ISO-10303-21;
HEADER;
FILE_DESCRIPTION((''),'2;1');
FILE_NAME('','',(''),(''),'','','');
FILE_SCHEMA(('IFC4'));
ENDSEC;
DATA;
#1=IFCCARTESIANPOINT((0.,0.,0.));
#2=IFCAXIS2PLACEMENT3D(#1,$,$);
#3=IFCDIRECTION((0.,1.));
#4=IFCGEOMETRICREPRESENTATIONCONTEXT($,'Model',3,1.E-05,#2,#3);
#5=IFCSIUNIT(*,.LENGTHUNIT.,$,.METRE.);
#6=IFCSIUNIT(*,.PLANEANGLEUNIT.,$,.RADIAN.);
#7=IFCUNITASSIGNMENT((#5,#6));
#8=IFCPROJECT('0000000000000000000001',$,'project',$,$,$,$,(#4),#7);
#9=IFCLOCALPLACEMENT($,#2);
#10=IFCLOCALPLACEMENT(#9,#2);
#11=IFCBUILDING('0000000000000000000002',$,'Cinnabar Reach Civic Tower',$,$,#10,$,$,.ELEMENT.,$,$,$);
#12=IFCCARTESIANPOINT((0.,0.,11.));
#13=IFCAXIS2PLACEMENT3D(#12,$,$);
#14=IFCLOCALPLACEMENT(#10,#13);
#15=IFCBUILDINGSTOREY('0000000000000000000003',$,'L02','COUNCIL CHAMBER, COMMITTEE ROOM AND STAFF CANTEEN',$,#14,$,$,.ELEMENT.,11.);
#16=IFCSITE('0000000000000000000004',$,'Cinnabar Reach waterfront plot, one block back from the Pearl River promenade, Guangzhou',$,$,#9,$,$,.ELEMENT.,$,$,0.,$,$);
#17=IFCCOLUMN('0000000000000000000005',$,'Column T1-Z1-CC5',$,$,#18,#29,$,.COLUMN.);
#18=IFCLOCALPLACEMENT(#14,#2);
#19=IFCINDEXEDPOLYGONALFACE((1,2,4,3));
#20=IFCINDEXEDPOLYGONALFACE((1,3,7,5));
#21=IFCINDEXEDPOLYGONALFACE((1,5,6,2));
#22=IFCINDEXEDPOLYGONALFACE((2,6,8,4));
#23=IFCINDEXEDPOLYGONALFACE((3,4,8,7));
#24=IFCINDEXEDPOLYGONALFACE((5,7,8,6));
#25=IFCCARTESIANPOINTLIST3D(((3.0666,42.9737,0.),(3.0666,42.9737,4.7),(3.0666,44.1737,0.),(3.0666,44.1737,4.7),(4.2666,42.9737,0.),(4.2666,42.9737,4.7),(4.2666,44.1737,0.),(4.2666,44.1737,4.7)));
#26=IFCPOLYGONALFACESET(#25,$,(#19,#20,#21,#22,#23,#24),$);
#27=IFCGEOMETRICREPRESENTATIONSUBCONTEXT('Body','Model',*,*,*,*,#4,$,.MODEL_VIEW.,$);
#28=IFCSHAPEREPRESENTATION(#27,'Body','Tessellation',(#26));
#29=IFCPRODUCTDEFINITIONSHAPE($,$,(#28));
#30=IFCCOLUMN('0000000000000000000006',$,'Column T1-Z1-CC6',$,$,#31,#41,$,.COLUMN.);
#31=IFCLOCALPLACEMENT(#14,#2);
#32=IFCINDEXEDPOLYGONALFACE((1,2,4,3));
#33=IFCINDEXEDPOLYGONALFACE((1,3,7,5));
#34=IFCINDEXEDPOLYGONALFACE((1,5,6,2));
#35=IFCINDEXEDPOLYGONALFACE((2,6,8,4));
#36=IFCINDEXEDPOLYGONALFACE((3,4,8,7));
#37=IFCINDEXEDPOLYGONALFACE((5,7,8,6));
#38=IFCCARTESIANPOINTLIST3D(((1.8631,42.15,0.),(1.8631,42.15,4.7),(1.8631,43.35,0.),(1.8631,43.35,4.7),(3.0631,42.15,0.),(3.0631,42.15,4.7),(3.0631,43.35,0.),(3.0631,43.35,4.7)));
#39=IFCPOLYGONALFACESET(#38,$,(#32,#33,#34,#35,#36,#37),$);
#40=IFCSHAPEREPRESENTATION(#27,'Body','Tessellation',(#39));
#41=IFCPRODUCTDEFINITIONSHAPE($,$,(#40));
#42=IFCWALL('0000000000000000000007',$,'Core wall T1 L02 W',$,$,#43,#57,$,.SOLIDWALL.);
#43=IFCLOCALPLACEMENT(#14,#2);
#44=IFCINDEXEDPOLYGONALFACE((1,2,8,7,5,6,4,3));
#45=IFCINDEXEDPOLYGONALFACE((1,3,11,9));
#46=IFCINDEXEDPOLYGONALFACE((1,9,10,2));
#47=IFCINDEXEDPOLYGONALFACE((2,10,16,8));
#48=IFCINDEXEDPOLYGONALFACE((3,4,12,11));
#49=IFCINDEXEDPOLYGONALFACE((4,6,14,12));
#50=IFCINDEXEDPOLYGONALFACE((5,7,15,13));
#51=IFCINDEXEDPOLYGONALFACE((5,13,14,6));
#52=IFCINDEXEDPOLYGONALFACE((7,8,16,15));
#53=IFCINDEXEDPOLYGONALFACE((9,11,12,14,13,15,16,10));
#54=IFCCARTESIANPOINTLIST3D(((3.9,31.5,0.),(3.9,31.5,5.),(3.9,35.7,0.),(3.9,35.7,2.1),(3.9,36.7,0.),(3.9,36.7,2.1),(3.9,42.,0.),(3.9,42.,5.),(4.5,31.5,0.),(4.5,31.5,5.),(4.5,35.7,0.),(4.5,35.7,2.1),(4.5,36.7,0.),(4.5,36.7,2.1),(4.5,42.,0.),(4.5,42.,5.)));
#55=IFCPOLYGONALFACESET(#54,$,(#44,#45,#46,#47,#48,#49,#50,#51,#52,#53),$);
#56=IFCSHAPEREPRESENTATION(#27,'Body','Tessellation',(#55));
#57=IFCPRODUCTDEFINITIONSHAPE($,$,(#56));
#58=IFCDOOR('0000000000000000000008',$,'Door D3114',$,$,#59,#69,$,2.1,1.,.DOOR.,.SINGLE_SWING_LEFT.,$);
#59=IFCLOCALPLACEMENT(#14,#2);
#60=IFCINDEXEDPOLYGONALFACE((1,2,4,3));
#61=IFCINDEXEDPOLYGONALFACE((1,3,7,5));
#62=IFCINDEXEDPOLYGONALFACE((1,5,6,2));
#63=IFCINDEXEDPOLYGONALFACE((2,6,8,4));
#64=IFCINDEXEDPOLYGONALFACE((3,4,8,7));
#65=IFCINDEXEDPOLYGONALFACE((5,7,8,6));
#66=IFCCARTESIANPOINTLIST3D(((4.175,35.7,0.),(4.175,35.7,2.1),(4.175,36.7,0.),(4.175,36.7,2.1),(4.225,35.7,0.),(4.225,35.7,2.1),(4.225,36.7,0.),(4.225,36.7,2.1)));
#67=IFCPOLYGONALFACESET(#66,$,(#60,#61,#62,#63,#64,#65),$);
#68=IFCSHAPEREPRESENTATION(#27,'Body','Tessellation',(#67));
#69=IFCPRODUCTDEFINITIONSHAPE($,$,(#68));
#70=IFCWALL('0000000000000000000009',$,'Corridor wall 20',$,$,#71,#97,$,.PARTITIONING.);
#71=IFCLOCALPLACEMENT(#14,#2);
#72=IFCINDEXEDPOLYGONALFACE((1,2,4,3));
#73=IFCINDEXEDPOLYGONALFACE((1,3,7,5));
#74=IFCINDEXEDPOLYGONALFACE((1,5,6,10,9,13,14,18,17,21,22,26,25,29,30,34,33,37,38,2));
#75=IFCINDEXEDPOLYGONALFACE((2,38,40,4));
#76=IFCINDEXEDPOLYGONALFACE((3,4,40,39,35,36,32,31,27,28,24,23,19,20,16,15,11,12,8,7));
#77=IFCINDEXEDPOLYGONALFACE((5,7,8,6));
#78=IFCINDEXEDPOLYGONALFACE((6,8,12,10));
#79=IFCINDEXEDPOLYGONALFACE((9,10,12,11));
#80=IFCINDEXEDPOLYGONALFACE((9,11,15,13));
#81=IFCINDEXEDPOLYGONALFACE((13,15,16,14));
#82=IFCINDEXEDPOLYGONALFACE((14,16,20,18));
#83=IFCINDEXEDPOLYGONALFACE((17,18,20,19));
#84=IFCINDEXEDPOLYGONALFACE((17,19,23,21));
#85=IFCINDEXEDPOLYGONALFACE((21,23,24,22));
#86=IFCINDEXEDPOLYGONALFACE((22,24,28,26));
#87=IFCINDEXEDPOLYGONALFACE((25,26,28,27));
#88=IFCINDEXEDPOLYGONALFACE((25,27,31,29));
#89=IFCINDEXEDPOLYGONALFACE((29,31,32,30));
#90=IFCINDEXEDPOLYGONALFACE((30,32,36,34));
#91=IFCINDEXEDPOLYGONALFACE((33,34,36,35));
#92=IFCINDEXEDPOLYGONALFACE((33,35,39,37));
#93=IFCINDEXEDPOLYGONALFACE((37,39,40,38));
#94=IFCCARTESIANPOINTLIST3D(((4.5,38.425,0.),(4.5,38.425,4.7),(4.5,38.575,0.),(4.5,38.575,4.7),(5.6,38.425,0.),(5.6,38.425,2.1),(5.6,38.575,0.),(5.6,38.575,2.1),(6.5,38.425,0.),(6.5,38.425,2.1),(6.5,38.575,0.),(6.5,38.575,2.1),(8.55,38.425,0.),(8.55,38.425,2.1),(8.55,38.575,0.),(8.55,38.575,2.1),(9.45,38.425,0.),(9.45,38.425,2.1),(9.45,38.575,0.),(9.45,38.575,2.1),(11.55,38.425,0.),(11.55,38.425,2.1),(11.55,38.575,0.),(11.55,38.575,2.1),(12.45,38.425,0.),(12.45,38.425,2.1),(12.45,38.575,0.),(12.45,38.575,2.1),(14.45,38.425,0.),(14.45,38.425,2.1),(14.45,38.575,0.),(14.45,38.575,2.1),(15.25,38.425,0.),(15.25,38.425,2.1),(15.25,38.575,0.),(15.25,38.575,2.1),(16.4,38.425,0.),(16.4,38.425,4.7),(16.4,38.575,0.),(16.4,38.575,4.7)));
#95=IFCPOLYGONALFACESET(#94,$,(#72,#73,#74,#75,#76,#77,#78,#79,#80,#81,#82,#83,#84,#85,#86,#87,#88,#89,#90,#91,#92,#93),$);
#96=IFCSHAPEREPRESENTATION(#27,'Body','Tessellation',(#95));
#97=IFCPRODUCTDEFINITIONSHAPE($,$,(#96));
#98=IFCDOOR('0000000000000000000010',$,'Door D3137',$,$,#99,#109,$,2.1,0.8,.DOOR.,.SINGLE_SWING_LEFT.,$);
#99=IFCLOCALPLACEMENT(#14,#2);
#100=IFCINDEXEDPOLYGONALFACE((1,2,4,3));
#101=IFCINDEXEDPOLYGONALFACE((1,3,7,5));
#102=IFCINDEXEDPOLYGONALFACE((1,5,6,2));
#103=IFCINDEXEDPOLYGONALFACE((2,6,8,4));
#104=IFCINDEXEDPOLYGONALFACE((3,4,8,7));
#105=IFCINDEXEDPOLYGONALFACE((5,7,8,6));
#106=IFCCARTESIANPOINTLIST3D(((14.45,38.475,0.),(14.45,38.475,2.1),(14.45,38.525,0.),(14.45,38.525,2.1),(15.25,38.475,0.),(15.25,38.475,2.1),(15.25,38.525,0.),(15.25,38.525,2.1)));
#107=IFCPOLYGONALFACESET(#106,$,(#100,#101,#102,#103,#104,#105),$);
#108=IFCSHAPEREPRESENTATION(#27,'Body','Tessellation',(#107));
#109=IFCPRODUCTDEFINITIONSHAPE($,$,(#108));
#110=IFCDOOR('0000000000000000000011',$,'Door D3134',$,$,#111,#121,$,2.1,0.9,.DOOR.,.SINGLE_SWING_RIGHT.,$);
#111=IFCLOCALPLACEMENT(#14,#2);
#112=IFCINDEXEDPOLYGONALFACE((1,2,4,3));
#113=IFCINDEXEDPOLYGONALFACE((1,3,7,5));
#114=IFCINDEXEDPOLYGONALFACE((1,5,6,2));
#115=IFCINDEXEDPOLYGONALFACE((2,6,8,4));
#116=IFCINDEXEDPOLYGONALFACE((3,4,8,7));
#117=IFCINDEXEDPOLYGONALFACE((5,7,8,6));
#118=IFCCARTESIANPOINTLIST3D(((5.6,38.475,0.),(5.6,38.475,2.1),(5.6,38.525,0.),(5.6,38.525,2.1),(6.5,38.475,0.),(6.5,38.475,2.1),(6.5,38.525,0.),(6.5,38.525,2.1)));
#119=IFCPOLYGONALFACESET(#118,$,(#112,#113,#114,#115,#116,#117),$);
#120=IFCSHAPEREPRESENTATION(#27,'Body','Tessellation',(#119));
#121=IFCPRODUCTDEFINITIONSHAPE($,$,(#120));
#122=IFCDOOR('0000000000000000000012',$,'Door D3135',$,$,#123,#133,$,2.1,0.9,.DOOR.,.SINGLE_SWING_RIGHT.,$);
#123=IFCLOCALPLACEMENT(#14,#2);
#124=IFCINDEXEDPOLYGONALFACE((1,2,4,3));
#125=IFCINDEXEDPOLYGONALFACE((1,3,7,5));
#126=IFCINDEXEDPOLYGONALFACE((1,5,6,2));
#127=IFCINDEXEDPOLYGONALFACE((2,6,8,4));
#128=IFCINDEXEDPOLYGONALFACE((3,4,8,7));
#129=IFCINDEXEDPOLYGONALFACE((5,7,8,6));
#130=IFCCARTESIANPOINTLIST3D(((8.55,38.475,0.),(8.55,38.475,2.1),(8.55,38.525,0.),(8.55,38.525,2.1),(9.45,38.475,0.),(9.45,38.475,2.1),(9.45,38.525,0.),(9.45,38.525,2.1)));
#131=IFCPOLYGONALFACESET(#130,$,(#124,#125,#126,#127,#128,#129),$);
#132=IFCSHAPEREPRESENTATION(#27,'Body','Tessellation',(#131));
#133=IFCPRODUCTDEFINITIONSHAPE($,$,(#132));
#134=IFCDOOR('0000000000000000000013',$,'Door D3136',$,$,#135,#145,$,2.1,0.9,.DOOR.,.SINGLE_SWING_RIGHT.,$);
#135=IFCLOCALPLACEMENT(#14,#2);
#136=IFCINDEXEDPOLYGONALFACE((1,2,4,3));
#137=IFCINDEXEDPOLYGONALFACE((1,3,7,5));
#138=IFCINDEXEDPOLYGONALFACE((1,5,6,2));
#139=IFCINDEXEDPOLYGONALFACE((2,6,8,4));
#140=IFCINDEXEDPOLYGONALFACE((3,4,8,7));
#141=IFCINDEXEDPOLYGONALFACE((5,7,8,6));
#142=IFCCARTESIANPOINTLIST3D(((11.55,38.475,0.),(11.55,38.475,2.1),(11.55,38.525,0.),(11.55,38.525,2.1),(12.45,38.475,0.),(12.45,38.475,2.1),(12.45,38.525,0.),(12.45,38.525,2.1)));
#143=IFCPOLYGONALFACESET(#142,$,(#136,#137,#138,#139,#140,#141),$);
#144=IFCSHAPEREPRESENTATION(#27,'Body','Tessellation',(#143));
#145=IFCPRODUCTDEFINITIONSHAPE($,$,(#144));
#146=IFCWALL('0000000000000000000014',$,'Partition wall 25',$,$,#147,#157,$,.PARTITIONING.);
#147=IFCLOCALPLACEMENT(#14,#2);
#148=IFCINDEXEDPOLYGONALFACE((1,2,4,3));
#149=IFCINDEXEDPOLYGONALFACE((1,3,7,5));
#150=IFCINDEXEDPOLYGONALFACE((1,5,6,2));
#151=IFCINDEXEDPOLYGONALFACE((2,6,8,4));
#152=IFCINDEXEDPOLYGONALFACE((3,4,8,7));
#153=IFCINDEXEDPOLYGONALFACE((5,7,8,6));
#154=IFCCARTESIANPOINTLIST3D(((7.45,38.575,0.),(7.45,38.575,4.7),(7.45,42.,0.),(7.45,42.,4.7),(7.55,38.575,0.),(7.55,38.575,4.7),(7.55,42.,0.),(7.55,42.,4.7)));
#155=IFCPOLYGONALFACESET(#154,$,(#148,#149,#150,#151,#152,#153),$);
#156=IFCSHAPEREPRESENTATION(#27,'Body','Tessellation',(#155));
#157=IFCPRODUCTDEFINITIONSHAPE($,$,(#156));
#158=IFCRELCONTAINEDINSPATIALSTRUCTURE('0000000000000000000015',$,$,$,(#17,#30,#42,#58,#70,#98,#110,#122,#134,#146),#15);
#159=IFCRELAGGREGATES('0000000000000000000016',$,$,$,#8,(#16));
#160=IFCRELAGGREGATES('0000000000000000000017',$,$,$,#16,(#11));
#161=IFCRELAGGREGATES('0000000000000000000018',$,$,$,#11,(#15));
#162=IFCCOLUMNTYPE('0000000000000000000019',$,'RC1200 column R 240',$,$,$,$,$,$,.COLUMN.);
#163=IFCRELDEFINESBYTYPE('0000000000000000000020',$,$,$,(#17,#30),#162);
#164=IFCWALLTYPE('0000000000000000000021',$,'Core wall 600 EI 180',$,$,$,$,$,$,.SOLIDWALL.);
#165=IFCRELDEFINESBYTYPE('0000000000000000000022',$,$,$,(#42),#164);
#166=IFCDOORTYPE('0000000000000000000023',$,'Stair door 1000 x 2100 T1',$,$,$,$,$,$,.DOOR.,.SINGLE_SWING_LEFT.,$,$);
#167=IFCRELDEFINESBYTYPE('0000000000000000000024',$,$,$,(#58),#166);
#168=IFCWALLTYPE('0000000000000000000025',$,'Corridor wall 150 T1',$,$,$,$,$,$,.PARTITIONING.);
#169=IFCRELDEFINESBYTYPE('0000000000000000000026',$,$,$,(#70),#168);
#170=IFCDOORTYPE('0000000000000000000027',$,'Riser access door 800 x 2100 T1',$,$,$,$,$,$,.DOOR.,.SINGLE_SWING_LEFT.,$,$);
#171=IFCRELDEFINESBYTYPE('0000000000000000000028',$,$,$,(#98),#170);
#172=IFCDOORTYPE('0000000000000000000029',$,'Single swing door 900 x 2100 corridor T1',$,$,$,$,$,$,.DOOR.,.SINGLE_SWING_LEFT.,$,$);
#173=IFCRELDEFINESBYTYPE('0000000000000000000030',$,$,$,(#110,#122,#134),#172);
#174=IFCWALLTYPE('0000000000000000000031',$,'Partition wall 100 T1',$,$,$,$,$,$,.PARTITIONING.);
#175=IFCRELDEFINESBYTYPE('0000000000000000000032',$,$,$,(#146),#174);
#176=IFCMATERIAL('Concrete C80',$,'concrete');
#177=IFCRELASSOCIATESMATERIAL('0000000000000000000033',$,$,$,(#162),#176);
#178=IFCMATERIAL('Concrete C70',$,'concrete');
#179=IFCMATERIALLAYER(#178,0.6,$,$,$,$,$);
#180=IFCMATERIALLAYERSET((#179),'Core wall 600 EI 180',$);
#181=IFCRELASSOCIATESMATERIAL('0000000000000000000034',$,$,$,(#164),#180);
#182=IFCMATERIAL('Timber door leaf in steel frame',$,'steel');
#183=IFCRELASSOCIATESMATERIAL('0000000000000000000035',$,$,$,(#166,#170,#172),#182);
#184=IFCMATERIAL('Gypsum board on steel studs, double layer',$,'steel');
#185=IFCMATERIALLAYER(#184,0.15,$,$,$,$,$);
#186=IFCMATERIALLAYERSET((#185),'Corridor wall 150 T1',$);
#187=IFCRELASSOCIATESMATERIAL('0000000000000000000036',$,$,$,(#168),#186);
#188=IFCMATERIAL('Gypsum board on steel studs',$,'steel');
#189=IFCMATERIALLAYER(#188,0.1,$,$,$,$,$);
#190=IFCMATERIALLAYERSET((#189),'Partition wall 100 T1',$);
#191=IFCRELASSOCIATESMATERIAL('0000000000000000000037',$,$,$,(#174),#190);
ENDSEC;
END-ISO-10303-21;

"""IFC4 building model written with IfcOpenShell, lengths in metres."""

from ifc_helpers import new_model, si_unit, direction, frame, frame_2d, origin, origin_2d, place, context, subcontext, project, spatial, rectangle, extrude, material, layer, layer_set, material_profile, profile_set, type_object, element, fill, save


model = new_model("IFC4")

# Units and contexts
model_context = context("Model", 3, precision=1e-05, world=origin(), true_north=direction((0.0, 1.0)))
body_context = subcontext(model_context, "Body", "Model", "MODEL_VIEW")
ifc_project = project(units=[si_unit("LENGTHUNIT", "METRE"), si_unit("PLANEANGLEUNIT", "RADIAN")], contexts=[model_context])

# Site, building, storey
site_placement = place(None, origin())
site = spatial("IfcSite", under=ifc_project, at=site_placement, Name="Cinnabar Reach waterfront plot, one block back from the Pearl River promenade, Guangzhou", CompositionType="ELEMENT", RefElevation=0.0)
building_placement = place(site_placement, origin())
building = spatial("IfcBuilding", under=site, at=building_placement, Name="Cinnabar Reach Civic Tower", CompositionType="ELEMENT")
storey_placement = place(building_placement, frame((0.0, 0.0, 11.0)))
storey = spatial("IfcBuildingStorey", under=building, at=storey_placement, Name="L02", Description="COUNCIL CHAMBER, COMMITTEE ROOM AND STAFF CANTEEN", CompositionType="ELEMENT", Elevation=11.0)

# Columns
ifc_material_1 = material(Name="Concrete C80", Category="concrete")
ifc_material_profile = material_profile(ifc_material_1, rectangle(XDim=1.2, YDim=1.2, at=origin_2d()), Name="RC1200")
ifc_profile_set = profile_set([ifc_material_profile], Name="Concrete C80")
column_type = type_object("IfcColumnType", Name="RC1200 column R 240", PredefinedType="COLUMN", material=ifc_profile_set)
for number, where, z_axis, x_axis, name in (
    (1, (3.6666, 43.5737, 0.0), (0.0, 0.0, 1.0), (1.0, 0.0, 0.0), "Column T1-Z1-CC5"),
    (2, (2.4631, 42.75, 0.0), (0.0, 0.0, 1.0), (1.0, 0.0, 0.0), "Column T1-Z1-CC6"),
):
    element("IfcColumn", number, at=place(storey_placement, frame(where, z_axis=z_axis, x_axis=x_axis)), inside=storey, type_object=column_type, Name=name, PredefinedType="COLUMN", context=body_context, shape_type="SweptSolid", body=[
        extrude(rectangle(XDim=1.2, YDim=1.2, at=origin_2d()), origin(), (0.0, 0.0, 1.0), 4.7),
    ])

# Wall, opening, door
ifc_material_2 = material(Name="Concrete C70", Category="concrete")
ifc_layer_1 = layer(ifc_material_2, 0.6)
ifc_layer_set_1 = layer_set([ifc_layer_1], Name="Core wall 600 EI 180")
wall_type_1 = type_object("IfcWallType", Name="Core wall 600 EI 180", PredefinedType="SOLIDWALL", material=ifc_layer_set_1)
wall_1_placement = place(storey_placement, frame((4.2, 42.0, 0.0), z_axis=(0.0, 0.0, 1.0), x_axis=(0.0, -1.0, 0.0)))
wall_1 = element("IfcWall", 3, at=wall_1_placement, inside=storey, type_object=wall_type_1, Name="Core wall T1 L02 W", PredefinedType="SOLIDWALL", context=body_context, shape_type="SweptSolid", body=[
    extrude(rectangle(XDim=10.5, YDim=0.6, at=frame_2d((5.25, 0.0))), origin(), (0.0, 0.0, 1.0), 5.0),
])
opening_1_placement = place(wall_1_placement, frame((5.3, 0.0, 0.0)))
opening_1 = element("IfcOpeningElement", 4, at=opening_1_placement, cuts=wall_1, PredefinedType="OPENING", context=body_context, shape_type="SweptSolid", body=[
    extrude(rectangle(XDim=1.0, YDim=2.1, at=frame_2d((0.5, 1.05))), frame((0.0, 0.31, 0.0), z_axis=(0.0, -1.0, 0.0), x_axis=(1.0, 0.0, 0.0)), (0.0, 0.0, 1.0), 0.62),
])
ifc_material_3 = material(Name="Timber door leaf in steel frame", Category="steel")
door_type_1 = type_object("IfcDoorType", Name="Stair door 1000 x 2100 T1", OperationType="SINGLE_SWING_LEFT", PredefinedType="DOOR", material=ifc_material_3)
door_1_placement = place(opening_1_placement, frame((1.0, 0.0, 0.0), z_axis=(0.0, 0.0, 1.0), x_axis=(-1.0, 0.0, 0.0)))
door_1 = element("IfcDoor", 5, at=door_1_placement, inside=storey, type_object=door_type_1, Name="Door D3114", OperationType="SINGLE_SWING_LEFT", OverallHeight=2.1, OverallWidth=1.0, PredefinedType="DOOR", context=body_context, shape_type="SweptSolid", body=[
    extrude(rectangle(XDim=1.0, YDim=2.1, at=frame_2d((0.5, 1.05))), frame((0.0, 0.025, 0.0), z_axis=(0.0, -1.0, 0.0), x_axis=(1.0, 0.0, 0.0)), (0.0, 0.0, 1.0), 0.05),
])
fill(opening_1, door_1)

# Wall, openings, doors
ifc_material_4 = material(Name="Gypsum board on steel studs, double layer", Category="steel")
ifc_layer_2 = layer(ifc_material_4, 0.15)
ifc_layer_set_2 = layer_set([ifc_layer_2], Name="Corridor wall 150 T1")
wall_type_2 = type_object("IfcWallType", Name="Corridor wall 150 T1", PredefinedType="PARTITIONING", material=ifc_layer_set_2)
wall_2_placement = place(storey_placement, frame((4.5, 38.5, 0.0), z_axis=(0.0, 0.0, 1.0), x_axis=(1.0, 0.0, 0.0)))
wall_2 = element("IfcWall", 6, at=wall_2_placement, inside=storey, type_object=wall_type_2, Name="Corridor wall 20", PredefinedType="PARTITIONING", context=body_context, shape_type="SweptSolid", body=[
    extrude(rectangle(XDim=11.9, YDim=0.15, at=frame_2d((5.95, 0.0))), origin(), (0.0, 0.0, 1.0), 4.7),
])
opening_2_placement = place(wall_2_placement, frame((1.1, 0.0, 0.0)))
opening_2 = element("IfcOpeningElement", 7, at=opening_2_placement, cuts=wall_2, PredefinedType="OPENING", context=body_context, shape_type="SweptSolid", body=[
    extrude(rectangle(XDim=0.9, YDim=2.1, at=frame_2d((0.45, 1.05))), frame((0.0, 0.085, 0.0), z_axis=(0.0, -1.0, 0.0), x_axis=(1.0, 0.0, 0.0)), (0.0, 0.0, 1.0), 0.17),
])
opening_3_placement = place(wall_2_placement, frame((4.05, 0.0, 0.0)))
opening_3 = element("IfcOpeningElement", 8, at=opening_3_placement, cuts=wall_2, PredefinedType="OPENING", context=body_context, shape_type="SweptSolid", body=[
    extrude(rectangle(XDim=0.9, YDim=2.1, at=frame_2d((0.45, 1.05))), frame((0.0, 0.085, 0.0), z_axis=(0.0, -1.0, 0.0), x_axis=(1.0, 0.0, 0.0)), (0.0, 0.0, 1.0), 0.17),
])
opening_4_placement = place(wall_2_placement, frame((7.05, 0.0, 0.0)))
opening_4 = element("IfcOpeningElement", 9, at=opening_4_placement, cuts=wall_2, PredefinedType="OPENING", context=body_context, shape_type="SweptSolid", body=[
    extrude(rectangle(XDim=0.9, YDim=2.1, at=frame_2d((0.45, 1.05))), frame((0.0, 0.085, 0.0), z_axis=(0.0, -1.0, 0.0), x_axis=(1.0, 0.0, 0.0)), (0.0, 0.0, 1.0), 0.17),
])
opening_5_placement = place(wall_2_placement, frame((9.95, 0.0, 0.0)))
opening_5 = element("IfcOpeningElement", 10, at=opening_5_placement, cuts=wall_2, PredefinedType="OPENING", context=body_context, shape_type="SweptSolid", body=[
    extrude(rectangle(XDim=0.8, YDim=2.1, at=frame_2d((0.4, 1.05))), frame((0.0, 0.085, 0.0), z_axis=(0.0, -1.0, 0.0), x_axis=(1.0, 0.0, 0.0)), (0.0, 0.0, 1.0), 0.17),
])
door_type_2 = type_object("IfcDoorType", Name="Riser access door 800 x 2100 T1", OperationType="SINGLE_SWING_LEFT", PredefinedType="DOOR", material=ifc_material_3)
door_2_placement = place(opening_5_placement, origin())
door_2 = element("IfcDoor", 11, at=door_2_placement, inside=storey, type_object=door_type_2, Name="Door D3137", OperationType="SINGLE_SWING_LEFT", OverallHeight=2.1, OverallWidth=0.8, PredefinedType="DOOR", context=body_context, shape_type="SweptSolid", body=[
    extrude(rectangle(XDim=0.8, YDim=2.1, at=frame_2d((0.4, 1.05))), frame((0.0, 0.025, 0.0), z_axis=(0.0, -1.0, 0.0), x_axis=(1.0, 0.0, 0.0)), (0.0, 0.0, 1.0), 0.05),
])
fill(opening_5, door_2)
door_type_3 = type_object("IfcDoorType", Name="Single swing door 900 x 2100 corridor T1", OperationType="SINGLE_SWING_LEFT", PredefinedType="DOOR", material=ifc_material_3)
door_3_placement = place(opening_2_placement, origin())
door_3 = element("IfcDoor", 12, at=door_3_placement, inside=storey, type_object=door_type_3, Name="Door D3134", OperationType="SINGLE_SWING_RIGHT", OverallHeight=2.1, OverallWidth=0.9, PredefinedType="DOOR", context=body_context, shape_type="SweptSolid", body=[
    extrude(rectangle(XDim=0.9, YDim=2.1, at=frame_2d((0.45, 1.05))), frame((0.0, 0.025, 0.0), z_axis=(0.0, -1.0, 0.0), x_axis=(1.0, 0.0, 0.0)), (0.0, 0.0, 1.0), 0.05),
])
fill(opening_2, door_3)
door_4_placement = place(opening_3_placement, origin())
door_4 = element("IfcDoor", 13, at=door_4_placement, inside=storey, type_object=door_type_3, Name="Door D3135", OperationType="SINGLE_SWING_RIGHT", OverallHeight=2.1, OverallWidth=0.9, PredefinedType="DOOR", context=body_context, shape_type="SweptSolid", body=[
    extrude(rectangle(XDim=0.9, YDim=2.1, at=frame_2d((0.45, 1.05))), frame((0.0, 0.025, 0.0), z_axis=(0.0, -1.0, 0.0), x_axis=(1.0, 0.0, 0.0)), (0.0, 0.0, 1.0), 0.05),
])
fill(opening_3, door_4)
door_5_placement = place(opening_4_placement, origin())
door_5 = element("IfcDoor", 14, at=door_5_placement, inside=storey, type_object=door_type_3, Name="Door D3136", OperationType="SINGLE_SWING_RIGHT", OverallHeight=2.1, OverallWidth=0.9, PredefinedType="DOOR", context=body_context, shape_type="SweptSolid", body=[
    extrude(rectangle(XDim=0.9, YDim=2.1, at=frame_2d((0.45, 1.05))), frame((0.0, 0.025, 0.0), z_axis=(0.0, -1.0, 0.0), x_axis=(1.0, 0.0, 0.0)), (0.0, 0.0, 1.0), 0.05),
])
fill(opening_4, door_5)

# Wall
ifc_material_5 = material(Name="Gypsum board on steel studs", Category="steel")
ifc_layer_3 = layer(ifc_material_5, 0.1)
ifc_layer_set_3 = layer_set([ifc_layer_3], Name="Partition wall 100 T1")
wall_type_3 = type_object("IfcWallType", Name="Partition wall 100 T1", PredefinedType="PARTITIONING", material=ifc_layer_set_3)
wall_3_placement = place(storey_placement, frame((7.5, 38.575, 0.0), z_axis=(0.0, 0.0, 1.0), x_axis=(0.0, 1.0, 0.0)))
element("IfcWall", 15, at=wall_3_placement, inside=storey, type_object=wall_type_3, Name="Partition wall 25", PredefinedType="PARTITIONING", context=body_context, shape_type="SweptSolid", body=[
    extrude(rectangle(XDim=3.425, YDim=0.1, at=frame_2d((1.7125, 0.0))), origin(), (0.0, 0.0, 1.0), 4.7),
])

save(model, "model.ifc")
